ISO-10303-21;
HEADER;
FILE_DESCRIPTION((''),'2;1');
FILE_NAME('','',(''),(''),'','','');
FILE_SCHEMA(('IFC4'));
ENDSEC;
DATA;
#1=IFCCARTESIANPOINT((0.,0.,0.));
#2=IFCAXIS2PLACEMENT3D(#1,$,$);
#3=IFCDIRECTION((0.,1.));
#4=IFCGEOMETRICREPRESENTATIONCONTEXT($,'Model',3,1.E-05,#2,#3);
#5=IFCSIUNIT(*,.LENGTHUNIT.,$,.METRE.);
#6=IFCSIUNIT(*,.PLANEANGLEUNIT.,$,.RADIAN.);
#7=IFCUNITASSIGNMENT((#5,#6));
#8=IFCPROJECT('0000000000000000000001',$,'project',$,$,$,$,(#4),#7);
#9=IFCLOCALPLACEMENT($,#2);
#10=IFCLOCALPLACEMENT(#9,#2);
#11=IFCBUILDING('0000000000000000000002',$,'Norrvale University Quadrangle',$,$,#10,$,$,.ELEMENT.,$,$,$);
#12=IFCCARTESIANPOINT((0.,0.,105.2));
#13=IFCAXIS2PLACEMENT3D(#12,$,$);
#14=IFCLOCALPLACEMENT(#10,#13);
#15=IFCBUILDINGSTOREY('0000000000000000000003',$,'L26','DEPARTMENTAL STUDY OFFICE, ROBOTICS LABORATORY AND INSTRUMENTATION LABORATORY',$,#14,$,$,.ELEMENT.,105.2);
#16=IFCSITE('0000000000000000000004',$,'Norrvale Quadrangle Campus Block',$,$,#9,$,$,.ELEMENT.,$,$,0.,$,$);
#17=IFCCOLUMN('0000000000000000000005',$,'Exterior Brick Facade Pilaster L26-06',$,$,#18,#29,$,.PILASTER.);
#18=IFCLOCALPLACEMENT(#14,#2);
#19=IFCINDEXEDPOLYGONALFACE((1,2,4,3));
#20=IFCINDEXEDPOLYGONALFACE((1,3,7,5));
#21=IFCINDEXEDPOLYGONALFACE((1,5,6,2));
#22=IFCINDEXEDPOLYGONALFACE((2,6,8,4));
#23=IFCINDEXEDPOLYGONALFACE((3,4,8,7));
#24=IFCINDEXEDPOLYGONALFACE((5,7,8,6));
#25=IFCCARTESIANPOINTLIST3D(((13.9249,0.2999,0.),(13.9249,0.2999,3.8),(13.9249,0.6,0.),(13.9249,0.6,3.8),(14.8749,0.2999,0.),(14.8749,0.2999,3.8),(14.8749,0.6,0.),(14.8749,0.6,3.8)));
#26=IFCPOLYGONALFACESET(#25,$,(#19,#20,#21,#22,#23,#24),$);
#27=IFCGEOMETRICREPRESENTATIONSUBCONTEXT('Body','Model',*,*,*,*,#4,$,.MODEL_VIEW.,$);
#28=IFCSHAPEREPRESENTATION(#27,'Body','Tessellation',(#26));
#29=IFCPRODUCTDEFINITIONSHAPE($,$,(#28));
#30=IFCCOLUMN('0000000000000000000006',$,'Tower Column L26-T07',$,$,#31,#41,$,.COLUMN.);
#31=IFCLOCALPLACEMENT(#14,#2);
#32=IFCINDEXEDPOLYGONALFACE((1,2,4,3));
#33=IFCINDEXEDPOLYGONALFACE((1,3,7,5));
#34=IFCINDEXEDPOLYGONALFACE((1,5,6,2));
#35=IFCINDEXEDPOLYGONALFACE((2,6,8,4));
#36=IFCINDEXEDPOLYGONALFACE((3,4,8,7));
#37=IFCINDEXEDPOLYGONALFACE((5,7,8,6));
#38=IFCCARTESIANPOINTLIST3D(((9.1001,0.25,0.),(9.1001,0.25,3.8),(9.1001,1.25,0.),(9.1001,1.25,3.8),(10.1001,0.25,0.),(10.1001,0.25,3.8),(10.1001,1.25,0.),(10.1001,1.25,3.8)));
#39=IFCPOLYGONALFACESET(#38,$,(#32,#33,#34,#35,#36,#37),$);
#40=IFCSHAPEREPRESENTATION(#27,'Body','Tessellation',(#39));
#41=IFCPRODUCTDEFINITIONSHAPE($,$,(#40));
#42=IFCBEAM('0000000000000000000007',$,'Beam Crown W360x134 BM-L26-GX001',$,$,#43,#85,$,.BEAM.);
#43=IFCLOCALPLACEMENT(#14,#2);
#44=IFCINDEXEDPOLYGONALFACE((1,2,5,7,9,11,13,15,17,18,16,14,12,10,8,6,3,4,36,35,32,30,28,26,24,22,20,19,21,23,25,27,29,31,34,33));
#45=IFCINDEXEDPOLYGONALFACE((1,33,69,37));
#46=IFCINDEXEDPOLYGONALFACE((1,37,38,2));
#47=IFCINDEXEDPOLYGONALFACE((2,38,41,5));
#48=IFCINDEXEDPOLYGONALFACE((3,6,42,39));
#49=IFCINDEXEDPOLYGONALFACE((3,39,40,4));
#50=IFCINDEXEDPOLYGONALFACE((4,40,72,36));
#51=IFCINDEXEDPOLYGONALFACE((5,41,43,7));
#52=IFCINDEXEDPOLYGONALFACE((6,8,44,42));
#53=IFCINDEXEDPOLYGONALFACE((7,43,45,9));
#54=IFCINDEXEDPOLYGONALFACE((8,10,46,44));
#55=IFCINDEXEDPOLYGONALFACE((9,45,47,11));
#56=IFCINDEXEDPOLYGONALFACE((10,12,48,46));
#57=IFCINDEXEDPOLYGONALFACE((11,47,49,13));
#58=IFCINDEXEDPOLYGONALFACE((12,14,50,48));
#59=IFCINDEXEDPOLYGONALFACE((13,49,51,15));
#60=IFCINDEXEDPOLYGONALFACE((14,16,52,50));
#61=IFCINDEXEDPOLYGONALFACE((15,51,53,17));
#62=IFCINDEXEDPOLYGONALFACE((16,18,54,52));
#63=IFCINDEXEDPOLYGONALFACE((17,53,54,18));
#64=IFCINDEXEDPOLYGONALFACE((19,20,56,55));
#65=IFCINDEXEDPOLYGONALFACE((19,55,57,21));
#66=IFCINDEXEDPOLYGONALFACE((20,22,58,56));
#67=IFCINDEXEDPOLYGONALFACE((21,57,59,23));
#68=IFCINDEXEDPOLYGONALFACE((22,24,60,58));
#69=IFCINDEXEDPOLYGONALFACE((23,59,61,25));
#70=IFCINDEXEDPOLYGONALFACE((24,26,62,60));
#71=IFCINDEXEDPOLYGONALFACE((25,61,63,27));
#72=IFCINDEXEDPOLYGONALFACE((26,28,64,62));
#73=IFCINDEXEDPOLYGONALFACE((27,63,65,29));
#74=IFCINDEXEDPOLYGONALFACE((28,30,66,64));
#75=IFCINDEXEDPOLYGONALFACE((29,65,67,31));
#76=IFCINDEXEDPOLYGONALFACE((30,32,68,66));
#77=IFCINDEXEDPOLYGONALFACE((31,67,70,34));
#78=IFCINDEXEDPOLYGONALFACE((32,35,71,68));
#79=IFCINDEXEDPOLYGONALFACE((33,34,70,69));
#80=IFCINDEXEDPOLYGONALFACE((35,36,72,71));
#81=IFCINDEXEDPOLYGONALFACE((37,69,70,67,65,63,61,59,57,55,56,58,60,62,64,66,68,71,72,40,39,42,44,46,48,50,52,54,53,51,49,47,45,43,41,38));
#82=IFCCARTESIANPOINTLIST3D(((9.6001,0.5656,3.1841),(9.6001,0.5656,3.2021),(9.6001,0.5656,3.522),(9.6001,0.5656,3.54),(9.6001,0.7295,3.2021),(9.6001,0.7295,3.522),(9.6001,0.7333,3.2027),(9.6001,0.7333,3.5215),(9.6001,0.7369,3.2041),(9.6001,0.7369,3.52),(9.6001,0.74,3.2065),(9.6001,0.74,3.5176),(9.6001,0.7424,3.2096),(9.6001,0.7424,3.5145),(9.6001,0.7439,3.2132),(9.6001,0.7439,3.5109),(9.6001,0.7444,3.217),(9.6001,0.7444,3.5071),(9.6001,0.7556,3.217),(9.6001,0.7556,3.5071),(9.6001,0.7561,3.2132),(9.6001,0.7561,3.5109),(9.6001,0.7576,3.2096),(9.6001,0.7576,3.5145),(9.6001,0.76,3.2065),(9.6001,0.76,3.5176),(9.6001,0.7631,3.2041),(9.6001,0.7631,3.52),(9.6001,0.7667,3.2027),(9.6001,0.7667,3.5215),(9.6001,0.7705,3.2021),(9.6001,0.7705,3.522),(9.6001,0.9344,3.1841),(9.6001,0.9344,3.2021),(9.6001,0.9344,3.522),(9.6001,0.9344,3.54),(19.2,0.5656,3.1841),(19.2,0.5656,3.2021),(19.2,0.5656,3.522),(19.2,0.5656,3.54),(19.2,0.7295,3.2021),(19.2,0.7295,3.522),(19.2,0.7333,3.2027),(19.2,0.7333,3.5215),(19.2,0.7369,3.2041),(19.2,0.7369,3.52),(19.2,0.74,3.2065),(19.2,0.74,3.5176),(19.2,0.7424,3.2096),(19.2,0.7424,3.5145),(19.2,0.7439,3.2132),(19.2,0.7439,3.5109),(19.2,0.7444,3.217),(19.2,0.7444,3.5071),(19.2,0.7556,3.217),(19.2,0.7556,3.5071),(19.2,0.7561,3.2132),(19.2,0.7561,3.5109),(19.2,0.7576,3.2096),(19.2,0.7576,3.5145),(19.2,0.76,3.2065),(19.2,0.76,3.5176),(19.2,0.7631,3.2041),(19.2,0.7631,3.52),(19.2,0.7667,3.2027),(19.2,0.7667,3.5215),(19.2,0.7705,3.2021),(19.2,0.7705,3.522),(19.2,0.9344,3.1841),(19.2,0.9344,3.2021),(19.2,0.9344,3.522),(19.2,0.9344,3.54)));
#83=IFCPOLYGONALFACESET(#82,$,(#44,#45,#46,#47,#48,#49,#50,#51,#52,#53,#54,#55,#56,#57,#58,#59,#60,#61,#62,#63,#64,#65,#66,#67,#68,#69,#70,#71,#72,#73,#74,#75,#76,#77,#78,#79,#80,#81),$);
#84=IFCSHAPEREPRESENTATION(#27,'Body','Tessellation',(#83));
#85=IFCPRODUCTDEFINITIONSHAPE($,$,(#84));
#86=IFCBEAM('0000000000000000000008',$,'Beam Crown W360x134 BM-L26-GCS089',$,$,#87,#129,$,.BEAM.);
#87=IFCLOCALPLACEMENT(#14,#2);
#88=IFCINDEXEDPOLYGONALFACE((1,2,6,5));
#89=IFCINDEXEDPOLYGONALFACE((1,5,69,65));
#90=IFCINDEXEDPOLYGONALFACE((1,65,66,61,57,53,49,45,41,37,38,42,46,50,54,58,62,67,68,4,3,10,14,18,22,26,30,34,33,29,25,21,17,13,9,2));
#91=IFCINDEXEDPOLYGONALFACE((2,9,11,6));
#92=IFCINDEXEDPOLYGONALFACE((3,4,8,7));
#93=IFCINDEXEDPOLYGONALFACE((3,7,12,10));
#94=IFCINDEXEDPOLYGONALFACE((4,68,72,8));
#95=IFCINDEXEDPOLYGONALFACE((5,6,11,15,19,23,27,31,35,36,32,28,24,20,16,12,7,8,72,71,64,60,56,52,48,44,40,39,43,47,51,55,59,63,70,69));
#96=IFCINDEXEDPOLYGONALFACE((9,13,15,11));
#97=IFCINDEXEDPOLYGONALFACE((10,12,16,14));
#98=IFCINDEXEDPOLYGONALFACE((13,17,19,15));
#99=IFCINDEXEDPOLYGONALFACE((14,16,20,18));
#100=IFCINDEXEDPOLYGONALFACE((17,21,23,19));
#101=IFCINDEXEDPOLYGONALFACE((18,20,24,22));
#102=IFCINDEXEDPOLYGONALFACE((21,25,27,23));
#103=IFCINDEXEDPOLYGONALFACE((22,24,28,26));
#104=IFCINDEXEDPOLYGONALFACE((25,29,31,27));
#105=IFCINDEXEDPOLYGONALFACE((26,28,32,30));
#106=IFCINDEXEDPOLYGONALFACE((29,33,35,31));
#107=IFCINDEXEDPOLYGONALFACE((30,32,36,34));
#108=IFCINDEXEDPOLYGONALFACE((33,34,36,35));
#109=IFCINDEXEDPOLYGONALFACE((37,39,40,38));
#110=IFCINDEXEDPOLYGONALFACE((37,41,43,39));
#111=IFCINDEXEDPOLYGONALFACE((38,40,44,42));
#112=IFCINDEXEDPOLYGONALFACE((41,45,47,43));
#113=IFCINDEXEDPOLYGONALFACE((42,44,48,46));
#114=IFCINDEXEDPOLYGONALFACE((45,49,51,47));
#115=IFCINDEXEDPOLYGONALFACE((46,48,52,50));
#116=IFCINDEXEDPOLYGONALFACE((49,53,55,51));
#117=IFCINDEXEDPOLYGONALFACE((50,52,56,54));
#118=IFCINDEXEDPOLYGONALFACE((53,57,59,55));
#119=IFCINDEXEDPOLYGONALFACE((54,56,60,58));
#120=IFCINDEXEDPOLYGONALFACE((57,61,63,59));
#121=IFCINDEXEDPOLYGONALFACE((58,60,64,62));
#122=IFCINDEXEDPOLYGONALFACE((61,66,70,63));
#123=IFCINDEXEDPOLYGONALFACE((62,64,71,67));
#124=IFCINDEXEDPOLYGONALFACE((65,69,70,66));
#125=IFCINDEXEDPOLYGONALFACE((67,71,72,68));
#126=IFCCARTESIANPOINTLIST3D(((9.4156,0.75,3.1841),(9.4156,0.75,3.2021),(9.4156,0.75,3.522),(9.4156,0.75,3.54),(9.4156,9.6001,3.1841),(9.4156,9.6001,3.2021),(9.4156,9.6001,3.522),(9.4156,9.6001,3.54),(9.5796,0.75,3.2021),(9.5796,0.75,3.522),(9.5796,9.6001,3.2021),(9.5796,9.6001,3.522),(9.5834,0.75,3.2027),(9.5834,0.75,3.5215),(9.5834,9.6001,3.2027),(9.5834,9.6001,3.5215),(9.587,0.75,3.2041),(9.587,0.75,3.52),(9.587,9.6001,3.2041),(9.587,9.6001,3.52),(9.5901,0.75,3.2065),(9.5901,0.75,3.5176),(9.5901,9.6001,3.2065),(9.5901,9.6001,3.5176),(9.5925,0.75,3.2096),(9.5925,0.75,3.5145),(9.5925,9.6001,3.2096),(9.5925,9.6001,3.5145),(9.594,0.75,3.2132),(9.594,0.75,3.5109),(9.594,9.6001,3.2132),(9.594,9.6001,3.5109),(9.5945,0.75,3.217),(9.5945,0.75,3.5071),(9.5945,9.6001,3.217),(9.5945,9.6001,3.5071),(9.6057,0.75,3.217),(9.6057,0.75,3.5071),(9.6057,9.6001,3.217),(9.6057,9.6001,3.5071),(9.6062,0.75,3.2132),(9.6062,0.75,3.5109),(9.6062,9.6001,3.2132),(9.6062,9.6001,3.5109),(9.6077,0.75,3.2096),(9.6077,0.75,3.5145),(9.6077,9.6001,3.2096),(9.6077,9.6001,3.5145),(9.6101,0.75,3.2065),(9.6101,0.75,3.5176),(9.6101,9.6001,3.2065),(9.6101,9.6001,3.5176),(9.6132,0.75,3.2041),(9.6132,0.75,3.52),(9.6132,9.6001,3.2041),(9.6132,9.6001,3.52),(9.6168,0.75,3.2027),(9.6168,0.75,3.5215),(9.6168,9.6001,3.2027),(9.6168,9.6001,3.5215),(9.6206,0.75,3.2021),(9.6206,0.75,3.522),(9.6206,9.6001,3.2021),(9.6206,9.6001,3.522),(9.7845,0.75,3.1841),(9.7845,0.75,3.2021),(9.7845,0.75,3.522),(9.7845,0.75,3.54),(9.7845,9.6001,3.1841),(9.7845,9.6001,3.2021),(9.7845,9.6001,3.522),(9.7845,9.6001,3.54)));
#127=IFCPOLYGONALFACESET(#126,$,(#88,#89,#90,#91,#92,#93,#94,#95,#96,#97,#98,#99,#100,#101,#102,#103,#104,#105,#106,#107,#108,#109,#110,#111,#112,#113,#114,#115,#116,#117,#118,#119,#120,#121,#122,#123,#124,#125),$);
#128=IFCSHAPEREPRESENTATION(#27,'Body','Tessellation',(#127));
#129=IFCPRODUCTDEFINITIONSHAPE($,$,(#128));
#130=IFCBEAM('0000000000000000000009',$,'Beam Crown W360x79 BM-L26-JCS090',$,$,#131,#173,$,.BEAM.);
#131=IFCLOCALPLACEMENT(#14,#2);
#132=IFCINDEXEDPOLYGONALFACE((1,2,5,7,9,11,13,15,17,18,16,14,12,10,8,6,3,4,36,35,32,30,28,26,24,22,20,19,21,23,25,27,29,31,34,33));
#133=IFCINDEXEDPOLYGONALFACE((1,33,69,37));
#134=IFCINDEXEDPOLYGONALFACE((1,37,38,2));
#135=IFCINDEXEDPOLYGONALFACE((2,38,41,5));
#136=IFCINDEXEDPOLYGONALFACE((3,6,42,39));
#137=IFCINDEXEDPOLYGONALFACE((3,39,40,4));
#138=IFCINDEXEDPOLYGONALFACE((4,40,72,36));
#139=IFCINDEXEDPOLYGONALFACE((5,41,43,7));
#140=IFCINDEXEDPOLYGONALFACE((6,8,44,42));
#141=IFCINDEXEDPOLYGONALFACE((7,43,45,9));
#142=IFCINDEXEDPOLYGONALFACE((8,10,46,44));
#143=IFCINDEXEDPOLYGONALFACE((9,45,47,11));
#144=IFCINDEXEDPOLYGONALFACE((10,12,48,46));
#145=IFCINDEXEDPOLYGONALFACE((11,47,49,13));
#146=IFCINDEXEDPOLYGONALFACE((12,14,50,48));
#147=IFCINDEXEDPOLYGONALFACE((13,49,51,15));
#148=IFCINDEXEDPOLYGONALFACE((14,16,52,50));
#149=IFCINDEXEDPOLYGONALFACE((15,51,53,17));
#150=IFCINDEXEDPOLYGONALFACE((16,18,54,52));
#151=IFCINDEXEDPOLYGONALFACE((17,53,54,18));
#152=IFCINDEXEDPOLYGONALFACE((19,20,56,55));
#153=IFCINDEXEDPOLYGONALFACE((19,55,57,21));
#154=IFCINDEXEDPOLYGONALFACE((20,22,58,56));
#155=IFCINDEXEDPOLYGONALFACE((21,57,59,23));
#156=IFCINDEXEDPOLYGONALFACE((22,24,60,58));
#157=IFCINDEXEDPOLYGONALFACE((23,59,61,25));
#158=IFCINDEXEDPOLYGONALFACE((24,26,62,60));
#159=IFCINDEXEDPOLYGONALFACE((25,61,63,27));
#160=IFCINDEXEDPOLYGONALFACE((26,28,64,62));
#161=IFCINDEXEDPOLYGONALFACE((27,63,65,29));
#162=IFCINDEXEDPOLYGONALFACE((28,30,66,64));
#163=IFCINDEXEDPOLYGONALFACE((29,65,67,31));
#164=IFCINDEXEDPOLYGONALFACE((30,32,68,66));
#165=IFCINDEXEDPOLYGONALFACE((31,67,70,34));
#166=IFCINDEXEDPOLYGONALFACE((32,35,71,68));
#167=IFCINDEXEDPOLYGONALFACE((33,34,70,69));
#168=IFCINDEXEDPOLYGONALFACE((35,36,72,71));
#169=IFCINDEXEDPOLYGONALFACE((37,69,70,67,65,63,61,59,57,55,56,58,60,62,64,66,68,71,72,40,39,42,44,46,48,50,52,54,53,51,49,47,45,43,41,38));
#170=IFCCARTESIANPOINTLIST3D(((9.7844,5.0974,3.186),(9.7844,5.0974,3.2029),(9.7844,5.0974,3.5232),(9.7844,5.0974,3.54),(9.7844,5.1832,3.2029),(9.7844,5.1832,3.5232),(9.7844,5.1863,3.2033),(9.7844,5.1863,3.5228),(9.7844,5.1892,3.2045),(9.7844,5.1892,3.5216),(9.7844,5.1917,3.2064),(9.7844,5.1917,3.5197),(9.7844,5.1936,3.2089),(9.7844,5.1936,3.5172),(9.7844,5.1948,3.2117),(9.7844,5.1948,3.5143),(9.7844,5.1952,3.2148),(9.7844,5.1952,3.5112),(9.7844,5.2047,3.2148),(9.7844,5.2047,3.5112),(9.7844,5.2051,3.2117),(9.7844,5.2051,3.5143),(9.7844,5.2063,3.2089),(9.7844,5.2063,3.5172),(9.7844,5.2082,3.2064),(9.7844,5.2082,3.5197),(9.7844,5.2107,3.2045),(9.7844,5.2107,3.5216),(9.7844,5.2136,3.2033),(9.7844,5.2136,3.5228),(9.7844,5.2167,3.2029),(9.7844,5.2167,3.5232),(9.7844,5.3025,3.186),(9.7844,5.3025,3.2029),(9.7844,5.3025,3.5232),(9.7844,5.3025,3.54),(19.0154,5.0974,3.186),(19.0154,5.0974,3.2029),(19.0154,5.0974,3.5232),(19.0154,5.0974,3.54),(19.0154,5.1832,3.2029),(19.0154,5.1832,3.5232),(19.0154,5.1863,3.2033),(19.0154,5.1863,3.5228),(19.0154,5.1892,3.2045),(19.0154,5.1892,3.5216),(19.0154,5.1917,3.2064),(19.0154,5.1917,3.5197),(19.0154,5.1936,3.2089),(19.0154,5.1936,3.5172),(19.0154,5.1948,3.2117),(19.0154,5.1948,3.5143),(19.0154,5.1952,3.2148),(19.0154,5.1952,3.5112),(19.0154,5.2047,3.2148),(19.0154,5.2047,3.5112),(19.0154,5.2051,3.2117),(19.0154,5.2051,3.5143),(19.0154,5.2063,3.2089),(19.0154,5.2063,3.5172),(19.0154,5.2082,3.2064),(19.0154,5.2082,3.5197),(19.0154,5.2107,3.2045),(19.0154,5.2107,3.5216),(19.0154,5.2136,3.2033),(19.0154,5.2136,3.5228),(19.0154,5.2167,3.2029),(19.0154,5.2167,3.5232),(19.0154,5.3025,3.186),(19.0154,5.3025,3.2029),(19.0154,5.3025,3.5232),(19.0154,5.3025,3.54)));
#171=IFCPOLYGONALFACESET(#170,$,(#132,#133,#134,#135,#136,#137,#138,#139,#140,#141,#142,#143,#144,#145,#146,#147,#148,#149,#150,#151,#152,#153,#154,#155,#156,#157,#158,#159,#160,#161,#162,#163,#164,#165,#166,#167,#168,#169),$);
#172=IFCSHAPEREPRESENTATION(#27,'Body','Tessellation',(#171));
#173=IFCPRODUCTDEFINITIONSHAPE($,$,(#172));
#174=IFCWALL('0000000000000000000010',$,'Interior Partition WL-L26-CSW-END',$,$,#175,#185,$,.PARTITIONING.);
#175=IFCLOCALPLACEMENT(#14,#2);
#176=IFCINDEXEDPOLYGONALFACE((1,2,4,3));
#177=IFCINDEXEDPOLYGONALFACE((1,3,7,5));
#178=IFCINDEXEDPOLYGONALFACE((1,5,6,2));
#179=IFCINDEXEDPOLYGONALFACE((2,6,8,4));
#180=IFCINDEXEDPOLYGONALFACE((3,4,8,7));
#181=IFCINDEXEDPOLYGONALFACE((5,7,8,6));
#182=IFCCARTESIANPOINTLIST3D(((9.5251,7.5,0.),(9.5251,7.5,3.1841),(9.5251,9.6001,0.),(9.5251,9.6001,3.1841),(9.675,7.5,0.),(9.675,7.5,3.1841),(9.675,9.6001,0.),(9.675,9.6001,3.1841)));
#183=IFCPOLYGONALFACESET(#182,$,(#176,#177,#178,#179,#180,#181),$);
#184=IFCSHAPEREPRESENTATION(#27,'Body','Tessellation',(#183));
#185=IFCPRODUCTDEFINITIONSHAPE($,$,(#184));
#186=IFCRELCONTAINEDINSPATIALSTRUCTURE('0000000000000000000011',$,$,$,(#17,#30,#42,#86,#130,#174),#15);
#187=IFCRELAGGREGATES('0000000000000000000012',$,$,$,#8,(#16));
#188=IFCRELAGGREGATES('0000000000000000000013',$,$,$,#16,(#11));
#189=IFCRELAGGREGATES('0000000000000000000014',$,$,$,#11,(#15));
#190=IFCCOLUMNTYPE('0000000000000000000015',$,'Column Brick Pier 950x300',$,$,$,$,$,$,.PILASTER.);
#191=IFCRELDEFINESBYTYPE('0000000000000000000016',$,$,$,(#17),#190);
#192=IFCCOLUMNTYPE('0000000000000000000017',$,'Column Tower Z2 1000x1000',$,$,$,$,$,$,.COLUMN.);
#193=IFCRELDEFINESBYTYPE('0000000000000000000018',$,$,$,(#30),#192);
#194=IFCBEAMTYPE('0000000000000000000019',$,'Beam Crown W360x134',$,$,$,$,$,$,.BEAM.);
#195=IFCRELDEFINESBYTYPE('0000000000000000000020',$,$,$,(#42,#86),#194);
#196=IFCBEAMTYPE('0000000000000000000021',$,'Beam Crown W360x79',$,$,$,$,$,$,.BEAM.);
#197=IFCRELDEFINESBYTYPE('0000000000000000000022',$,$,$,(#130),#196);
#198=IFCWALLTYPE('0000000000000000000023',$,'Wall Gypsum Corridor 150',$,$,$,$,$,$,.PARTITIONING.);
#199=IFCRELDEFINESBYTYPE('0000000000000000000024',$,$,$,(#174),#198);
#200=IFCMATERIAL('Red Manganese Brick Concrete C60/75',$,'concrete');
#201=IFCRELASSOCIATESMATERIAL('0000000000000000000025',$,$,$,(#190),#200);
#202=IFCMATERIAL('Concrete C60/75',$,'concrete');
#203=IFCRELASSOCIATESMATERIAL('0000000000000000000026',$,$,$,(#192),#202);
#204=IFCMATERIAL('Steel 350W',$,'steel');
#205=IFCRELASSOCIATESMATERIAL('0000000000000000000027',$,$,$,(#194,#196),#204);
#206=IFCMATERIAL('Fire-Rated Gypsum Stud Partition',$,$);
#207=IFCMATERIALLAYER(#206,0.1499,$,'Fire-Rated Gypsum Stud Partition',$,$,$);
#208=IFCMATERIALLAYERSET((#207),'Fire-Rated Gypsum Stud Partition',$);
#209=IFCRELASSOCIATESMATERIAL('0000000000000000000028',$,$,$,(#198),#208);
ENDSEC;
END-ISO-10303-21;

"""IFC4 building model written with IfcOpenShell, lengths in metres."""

from ifc_helpers import new_model, si_unit, direction, frame, frame_2d, origin, origin_2d, place, context, subcontext, project, spatial, rectangle, i_section, extrude, material, layer, layer_set, material_profile, profile_set, type_object, element, save


model = new_model("IFC4")

# Units and contexts
model_context = context("Model", 3, precision=1e-05, world=origin(), true_north=direction((0.0, 1.0)))
body_context = subcontext(model_context, "Body", "Model", "MODEL_VIEW")
ifc_project = project(units=[si_unit("LENGTHUNIT", "METRE"), si_unit("PLANEANGLEUNIT", "RADIAN")], contexts=[model_context])

# Site, building, storey
site_placement = place(None, origin())
site = spatial("IfcSite", under=ifc_project, at=site_placement, Name="Norrvale Quadrangle Campus Block", CompositionType="ELEMENT", RefElevation=0.0)
building_placement = place(site_placement, origin())
building = spatial("IfcBuilding", under=site, at=building_placement, Name="Norrvale University Quadrangle", CompositionType="ELEMENT")
storey_placement = place(building_placement, frame((0.0, 0.0, 105.2)))
storey = spatial("IfcBuildingStorey", under=building, at=storey_placement, Name="L26", Description="DEPARTMENTAL STUDY OFFICE, ROBOTICS LABORATORY AND INSTRUMENTATION LABORATORY", CompositionType="ELEMENT", Elevation=105.2)

# Columns
ifc_material_1 = material(Name="Red Manganese Brick Concrete C60/75", Category="concrete")
ifc_material_profile_1 = material_profile(ifc_material_1, rectangle(XDim=0.95, YDim=0.3, at=origin_2d()), Name="Red Manganese Brick Concrete C60/75")
ifc_profile_set_1 = profile_set([ifc_material_profile_1], Name="Red Manganese Brick Concrete C60/75")
column_type_1 = type_object("IfcColumnType", Name="Column Brick Pier 950x300", PredefinedType="PILASTER", material=ifc_profile_set_1)
column_1_placement = place(storey_placement, frame((14.3999, 0.45, 0.0), z_axis=(0.0, 0.0, 1.0), x_axis=(1.0, 0.0, 0.0)))
element("IfcColumn", 1, at=column_1_placement, inside=storey, type_object=column_type_1, Name="Exterior Brick Facade Pilaster L26-06", PredefinedType="PILASTER", context=body_context, shape_type="SweptSolid", body=[
    extrude(rectangle(XDim=0.95, YDim=0.3, at=origin_2d()), origin(), (0.0, 0.0, 1.0), 3.8),
])
ifc_material_2 = material(Name="Concrete C60/75", Category="concrete")
ifc_material_profile_2 = material_profile(ifc_material_2, rectangle(XDim=1.0, YDim=1.0, at=origin_2d()), Name="Concrete C60/75")
ifc_profile_set_2 = profile_set([ifc_material_profile_2], Name="Concrete C60/75")
column_type_2 = type_object("IfcColumnType", Name="Column Tower Z2 1000x1000", PredefinedType="COLUMN", material=ifc_profile_set_2)
column_2_placement = place(storey_placement, frame((9.6001, 0.75, 0.0), z_axis=(0.0, 0.0, 1.0), x_axis=(1.0, 0.0, 0.0)))
element("IfcColumn", 2, at=column_2_placement, inside=storey, type_object=column_type_2, Name="Tower Column L26-T07", PredefinedType="COLUMN", context=body_context, shape_type="SweptSolid", body=[
    extrude(rectangle(XDim=1.0, YDim=1.0, at=origin_2d()), origin(), (0.0, 0.0, 1.0), 3.8),
])

# Beams
ifc_material_3 = material(Name="Steel 350W", Category="steel")
ifc_material_profile_3 = material_profile(ifc_material_3, i_section(OverallWidth=0.3689, OverallDepth=0.356, WebThickness=0.0112, FlangeThickness=0.0181, FilletRadius=0.0149, at=origin_2d()), Name="Steel 350W")
ifc_profile_set_3 = profile_set([ifc_material_profile_3], Name="Steel 350W")
beam_type_1 = type_object("IfcBeamType", Name="Beam Crown W360x134", PredefinedType="BEAM", material=ifc_profile_set_3)
beam_1_placement = place(storey_placement, frame((9.6001, 0.75, 3.3621), z_axis=(1.0, 0.0, 0.0), x_axis=(0.0, 1.0, 0.0)))
element("IfcBeam", 3, at=beam_1_placement, inside=storey, type_object=beam_type_1, Name="Beam Crown W360x134 BM-L26-GX001", PredefinedType="BEAM", context=body_context, shape_type="SweptSolid", body=[
    extrude(i_section(OverallWidth=0.3689, OverallDepth=0.356, WebThickness=0.0112, FlangeThickness=0.0181, FilletRadius=0.0149, at=origin_2d()), origin(), (0.0, 0.0, 1.0), 9.5999),
])
beam_2_placement = place(storey_placement, frame((9.6001, 0.75, 3.3621), z_axis=(0.0, 1.0, 0.0), x_axis=(-1.0, 0.0, 0.0)))
element("IfcBeam", 4, at=beam_2_placement, inside=storey, type_object=beam_type_1, Name="Beam Crown W360x134 BM-L26-GCS089", PredefinedType="BEAM", context=body_context, shape_type="SweptSolid", body=[
    extrude(i_section(OverallWidth=0.3689, OverallDepth=0.356, WebThickness=0.0112, FlangeThickness=0.0181, FilletRadius=0.0149, at=origin_2d()), origin(), (0.0, 0.0, 1.0), 8.8501),
])
ifc_material_profile_4 = material_profile(ifc_material_3, i_section(OverallWidth=0.2051, OverallDepth=0.354, WebThickness=0.0095, FlangeThickness=0.0168, FilletRadius=0.012, at=origin_2d()), Name="Steel 350W")
ifc_profile_set_4 = profile_set([ifc_material_profile_4], Name="Steel 350W")
beam_type_2 = type_object("IfcBeamType", Name="Beam Crown W360x79", PredefinedType="BEAM", material=ifc_profile_set_4)
beam_3_placement = place(storey_placement, frame((9.7844, 5.2, 3.363), z_axis=(1.0, 0.0, 0.0), x_axis=(0.0, 1.0, 0.0)))
element("IfcBeam", 5, at=beam_3_placement, inside=storey, type_object=beam_type_2, Name="Beam Crown W360x79 BM-L26-JCS090", PredefinedType="BEAM", context=body_context, shape_type="SweptSolid", body=[
    extrude(i_section(OverallWidth=0.2051, OverallDepth=0.354, WebThickness=0.0095, FlangeThickness=0.0168, FilletRadius=0.012, at=origin_2d()), origin(), (0.0, 0.0, 1.0), 9.231),
])

# Wall
ifc_material_4 = material(Name="Fire-Rated Gypsum Stud Partition")
ifc_layer_1 = layer(ifc_material_4, 0.1499, Name="Fire-Rated Gypsum Stud Partition")
ifc_layer_set_1 = layer_set([ifc_layer_1], Name="Fire-Rated Gypsum Stud Partition")
wall_type_1 = type_object("IfcWallType", Name="Wall Gypsum Corridor 150", PredefinedType="PARTITIONING", material=ifc_layer_set_1)
wall_1_placement = place(storey_placement, frame((9.6001, 7.5, 0.0), z_axis=(0.0, 0.0, 1.0), x_axis=(0.0, 1.0, 0.0)))
element("IfcWall", 6, at=wall_1_placement, inside=storey, type_object=wall_type_1, Name="Interior Partition WL-L26-CSW-END", PredefinedType="PARTITIONING", context=body_context, shape_type="SweptSolid", body=[
    extrude(rectangle(XDim=2.1001, YDim=0.1499, at=frame_2d((1.05, 0.0))), origin(), (0.0, 0.0, 1.0), 3.1841),
])

save(model, "model.ifc")
